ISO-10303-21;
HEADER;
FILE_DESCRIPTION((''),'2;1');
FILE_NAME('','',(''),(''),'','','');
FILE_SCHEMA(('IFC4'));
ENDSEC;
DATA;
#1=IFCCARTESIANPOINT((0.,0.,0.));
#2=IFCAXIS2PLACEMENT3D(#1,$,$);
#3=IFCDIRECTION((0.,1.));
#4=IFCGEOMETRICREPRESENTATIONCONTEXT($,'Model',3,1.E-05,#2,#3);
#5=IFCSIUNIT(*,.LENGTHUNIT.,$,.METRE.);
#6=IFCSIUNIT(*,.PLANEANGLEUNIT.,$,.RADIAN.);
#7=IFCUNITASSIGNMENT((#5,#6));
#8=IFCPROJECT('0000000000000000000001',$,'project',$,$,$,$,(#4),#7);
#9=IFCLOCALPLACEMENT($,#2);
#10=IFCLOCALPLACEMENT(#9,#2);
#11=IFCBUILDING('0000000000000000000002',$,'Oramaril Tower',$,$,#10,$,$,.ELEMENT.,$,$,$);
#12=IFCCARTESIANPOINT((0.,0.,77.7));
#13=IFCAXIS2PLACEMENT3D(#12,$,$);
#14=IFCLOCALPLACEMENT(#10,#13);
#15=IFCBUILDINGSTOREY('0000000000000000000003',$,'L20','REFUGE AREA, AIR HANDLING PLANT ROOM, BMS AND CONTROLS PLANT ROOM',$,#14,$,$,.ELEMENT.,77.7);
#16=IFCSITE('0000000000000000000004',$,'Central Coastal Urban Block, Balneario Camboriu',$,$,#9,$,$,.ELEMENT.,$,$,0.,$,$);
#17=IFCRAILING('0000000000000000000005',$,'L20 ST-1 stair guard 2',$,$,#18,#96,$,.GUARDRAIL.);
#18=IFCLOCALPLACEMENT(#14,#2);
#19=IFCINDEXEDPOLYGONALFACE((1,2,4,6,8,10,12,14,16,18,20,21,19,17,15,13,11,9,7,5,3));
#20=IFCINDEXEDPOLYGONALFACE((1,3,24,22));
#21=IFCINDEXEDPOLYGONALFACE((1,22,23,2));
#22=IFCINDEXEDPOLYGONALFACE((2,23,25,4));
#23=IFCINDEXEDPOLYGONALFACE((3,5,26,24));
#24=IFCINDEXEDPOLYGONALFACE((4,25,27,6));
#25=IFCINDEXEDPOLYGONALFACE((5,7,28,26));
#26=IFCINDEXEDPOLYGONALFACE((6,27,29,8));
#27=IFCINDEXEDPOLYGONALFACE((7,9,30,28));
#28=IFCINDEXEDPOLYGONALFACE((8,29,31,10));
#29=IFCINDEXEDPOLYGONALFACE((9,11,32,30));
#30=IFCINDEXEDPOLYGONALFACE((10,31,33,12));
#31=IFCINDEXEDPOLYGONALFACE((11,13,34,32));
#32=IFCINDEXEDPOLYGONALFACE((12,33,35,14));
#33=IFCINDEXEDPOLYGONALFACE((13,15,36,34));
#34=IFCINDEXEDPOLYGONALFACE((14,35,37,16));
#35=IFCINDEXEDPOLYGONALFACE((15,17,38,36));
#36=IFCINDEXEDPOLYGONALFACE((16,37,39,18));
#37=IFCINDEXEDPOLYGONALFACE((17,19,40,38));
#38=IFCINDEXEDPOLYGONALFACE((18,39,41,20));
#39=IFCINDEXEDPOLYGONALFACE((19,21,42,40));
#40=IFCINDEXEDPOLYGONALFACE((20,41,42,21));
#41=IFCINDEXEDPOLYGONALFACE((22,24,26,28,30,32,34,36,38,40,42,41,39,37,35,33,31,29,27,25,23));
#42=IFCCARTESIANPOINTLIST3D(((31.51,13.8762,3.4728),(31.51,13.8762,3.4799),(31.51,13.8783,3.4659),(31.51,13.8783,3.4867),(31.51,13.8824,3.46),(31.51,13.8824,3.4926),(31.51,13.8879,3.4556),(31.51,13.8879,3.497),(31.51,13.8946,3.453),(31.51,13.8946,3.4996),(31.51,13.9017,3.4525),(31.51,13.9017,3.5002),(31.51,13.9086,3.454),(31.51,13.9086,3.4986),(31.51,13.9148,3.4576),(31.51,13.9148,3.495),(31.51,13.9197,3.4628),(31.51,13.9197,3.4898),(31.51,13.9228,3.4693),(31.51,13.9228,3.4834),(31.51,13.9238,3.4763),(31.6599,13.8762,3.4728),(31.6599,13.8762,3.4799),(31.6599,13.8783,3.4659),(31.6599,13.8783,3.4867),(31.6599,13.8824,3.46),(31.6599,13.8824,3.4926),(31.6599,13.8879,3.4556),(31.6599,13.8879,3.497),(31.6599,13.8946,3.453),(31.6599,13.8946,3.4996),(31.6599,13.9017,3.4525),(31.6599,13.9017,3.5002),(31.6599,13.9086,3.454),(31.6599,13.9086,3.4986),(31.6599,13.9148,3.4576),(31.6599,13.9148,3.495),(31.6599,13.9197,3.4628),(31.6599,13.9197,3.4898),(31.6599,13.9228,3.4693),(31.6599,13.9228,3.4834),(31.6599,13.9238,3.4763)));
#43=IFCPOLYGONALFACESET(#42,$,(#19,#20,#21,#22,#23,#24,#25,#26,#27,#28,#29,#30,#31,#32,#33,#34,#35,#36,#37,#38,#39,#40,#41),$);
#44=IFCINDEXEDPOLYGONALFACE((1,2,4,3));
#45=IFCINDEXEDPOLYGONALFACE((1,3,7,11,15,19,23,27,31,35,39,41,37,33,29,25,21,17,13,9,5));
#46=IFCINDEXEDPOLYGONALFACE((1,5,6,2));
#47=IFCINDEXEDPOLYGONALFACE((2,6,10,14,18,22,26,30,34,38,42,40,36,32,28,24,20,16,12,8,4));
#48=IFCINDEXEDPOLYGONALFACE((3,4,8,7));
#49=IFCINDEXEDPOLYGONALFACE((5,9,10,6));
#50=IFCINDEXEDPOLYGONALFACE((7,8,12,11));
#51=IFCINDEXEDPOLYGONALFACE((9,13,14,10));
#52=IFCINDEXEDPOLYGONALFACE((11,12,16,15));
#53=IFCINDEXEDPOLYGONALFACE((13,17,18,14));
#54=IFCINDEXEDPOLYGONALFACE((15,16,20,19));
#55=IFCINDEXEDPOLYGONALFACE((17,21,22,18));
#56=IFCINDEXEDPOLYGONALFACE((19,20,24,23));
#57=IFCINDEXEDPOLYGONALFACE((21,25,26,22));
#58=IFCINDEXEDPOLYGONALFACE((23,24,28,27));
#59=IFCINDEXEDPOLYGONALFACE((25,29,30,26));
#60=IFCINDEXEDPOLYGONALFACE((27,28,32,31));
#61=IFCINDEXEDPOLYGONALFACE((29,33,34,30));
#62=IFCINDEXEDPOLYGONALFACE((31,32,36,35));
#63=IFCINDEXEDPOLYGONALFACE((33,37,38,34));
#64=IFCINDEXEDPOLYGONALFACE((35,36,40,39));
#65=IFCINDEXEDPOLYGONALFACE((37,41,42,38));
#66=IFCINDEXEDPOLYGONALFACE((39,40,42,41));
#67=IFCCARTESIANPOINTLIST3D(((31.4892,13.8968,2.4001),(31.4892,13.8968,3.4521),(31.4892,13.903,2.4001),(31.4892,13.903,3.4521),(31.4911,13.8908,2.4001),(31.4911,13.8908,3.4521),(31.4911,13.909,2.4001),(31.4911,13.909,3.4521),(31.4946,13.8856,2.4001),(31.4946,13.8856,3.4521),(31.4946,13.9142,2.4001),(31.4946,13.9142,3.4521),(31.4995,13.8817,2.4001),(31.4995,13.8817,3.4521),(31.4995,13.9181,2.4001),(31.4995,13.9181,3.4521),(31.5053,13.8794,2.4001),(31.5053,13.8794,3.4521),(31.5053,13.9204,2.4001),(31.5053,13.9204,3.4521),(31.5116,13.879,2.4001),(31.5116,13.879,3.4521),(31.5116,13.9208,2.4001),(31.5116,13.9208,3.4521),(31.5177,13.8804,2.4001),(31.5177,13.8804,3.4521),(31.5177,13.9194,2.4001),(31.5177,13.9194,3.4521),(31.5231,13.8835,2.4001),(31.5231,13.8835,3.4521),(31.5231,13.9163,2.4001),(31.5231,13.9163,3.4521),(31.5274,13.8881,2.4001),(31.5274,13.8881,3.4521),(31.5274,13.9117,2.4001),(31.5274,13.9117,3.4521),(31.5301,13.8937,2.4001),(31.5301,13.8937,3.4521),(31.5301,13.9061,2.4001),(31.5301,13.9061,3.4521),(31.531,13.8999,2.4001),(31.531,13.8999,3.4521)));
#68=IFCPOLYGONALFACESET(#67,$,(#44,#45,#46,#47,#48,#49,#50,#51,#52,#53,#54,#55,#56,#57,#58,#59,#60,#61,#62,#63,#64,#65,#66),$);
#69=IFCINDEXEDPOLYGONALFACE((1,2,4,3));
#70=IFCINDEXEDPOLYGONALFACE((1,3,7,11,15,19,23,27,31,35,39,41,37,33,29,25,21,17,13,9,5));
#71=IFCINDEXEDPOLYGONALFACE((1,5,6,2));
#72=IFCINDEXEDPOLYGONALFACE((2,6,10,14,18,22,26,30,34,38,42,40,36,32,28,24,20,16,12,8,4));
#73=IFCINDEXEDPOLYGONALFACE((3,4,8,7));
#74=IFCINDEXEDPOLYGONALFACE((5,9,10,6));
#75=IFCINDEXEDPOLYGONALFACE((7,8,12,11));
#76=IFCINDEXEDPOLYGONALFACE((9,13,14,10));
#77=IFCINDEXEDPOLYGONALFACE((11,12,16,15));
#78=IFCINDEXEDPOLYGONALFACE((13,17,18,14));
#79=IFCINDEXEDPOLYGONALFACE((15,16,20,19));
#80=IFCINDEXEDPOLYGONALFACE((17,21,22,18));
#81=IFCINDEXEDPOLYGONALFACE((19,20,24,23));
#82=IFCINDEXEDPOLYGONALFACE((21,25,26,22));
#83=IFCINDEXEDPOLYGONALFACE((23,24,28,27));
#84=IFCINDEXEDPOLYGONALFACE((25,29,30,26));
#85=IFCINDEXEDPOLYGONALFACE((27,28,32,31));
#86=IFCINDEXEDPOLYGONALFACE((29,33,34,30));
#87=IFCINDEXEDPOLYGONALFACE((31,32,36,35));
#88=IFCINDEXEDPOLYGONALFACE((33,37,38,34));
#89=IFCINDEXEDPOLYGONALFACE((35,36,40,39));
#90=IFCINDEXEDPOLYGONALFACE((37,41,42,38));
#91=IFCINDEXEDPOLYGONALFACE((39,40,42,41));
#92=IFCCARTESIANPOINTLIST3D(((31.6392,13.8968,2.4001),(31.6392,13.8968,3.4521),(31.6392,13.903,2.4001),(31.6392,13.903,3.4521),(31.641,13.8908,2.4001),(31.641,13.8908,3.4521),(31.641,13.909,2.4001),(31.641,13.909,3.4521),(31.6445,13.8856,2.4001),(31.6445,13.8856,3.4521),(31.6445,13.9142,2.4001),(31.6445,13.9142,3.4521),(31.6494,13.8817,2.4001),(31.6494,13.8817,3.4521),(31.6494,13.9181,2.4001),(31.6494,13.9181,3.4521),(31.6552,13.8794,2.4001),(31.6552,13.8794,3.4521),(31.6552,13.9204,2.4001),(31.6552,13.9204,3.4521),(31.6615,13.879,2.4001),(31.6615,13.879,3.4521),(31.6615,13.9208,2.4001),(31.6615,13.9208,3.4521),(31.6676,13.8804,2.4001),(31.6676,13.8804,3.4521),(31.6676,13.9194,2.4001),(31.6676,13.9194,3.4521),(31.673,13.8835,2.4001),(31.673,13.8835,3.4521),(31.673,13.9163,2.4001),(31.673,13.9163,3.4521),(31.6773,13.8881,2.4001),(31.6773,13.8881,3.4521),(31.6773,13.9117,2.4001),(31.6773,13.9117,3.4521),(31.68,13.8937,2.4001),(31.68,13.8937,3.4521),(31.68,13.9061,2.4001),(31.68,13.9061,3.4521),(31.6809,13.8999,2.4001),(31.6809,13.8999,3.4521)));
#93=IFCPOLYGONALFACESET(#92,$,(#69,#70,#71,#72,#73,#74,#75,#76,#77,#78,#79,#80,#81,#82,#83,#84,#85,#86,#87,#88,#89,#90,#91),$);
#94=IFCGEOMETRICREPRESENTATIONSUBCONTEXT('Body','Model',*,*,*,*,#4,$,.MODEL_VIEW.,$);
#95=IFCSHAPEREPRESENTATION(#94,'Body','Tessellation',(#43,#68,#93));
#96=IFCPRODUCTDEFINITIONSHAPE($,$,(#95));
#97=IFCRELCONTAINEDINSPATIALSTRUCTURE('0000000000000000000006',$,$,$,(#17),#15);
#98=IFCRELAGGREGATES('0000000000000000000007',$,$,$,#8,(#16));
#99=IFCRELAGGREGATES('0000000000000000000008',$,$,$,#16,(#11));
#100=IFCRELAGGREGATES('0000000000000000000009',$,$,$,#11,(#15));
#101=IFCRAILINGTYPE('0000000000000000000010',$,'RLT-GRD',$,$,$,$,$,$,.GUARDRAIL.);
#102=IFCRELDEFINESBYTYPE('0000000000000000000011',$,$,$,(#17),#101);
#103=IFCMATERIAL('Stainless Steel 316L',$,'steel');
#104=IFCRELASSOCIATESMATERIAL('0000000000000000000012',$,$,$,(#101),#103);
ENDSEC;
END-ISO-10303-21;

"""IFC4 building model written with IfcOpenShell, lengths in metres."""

from ifc_helpers import new_model, si_unit, direction, frame, origin, origin_2d, place, context, subcontext, project, spatial, circle, extrude, material, type_object, element, save


model = new_model("IFC4")

# Units and contexts
model_context = context("Model", 3, precision=1e-05, world=origin(), true_north=direction((0.0, 1.0)))
body_context = subcontext(model_context, "Body", "Model", "MODEL_VIEW")
ifc_project = project(units=[si_unit("LENGTHUNIT", "METRE"), si_unit("PLANEANGLEUNIT", "RADIAN")], contexts=[model_context])

# Site, building, storey
site_placement = place(None, origin())
site = spatial("IfcSite", under=ifc_project, at=site_placement, Name="Central Coastal Urban Block, Balneario Camboriu", CompositionType="ELEMENT", RefElevation=0.0)
building_placement = place(site_placement, origin())
building = spatial("IfcBuilding", under=site, at=building_placement, Name="Oramaril Tower", CompositionType="ELEMENT")
storey_placement = place(building_placement, frame((0.0, 0.0, 77.7)))
storey = spatial("IfcBuildingStorey", under=building, at=storey_placement, Name="L20", Description="REFUGE AREA, AIR HANDLING PLANT ROOM, BMS AND CONTROLS PLANT ROOM", CompositionType="ELEMENT", Elevation=77.7)

# Railing
ifc_material_1 = material(Name="Stainless Steel 316L", Category="steel")
railing_type_1 = type_object("IfcRailingType", Name="RLT-GRD", PredefinedType="GUARDRAIL", material=ifc_material_1)
railing_1_placement = place(storey_placement, frame((31.51, 13.8999, 2.4001)))
element("IfcRailing", 1, at=railing_1_placement, inside=storey, type_object=railing_type_1, Name="L20 ST-1 stair guard 2", PredefinedType="GUARDRAIL", context=body_context, shape_type="SweptSolid", body=[
    extrude(circle(Radius=0.0239, at=origin_2d()), frame((0.0, 0.0, 1.0762), z_axis=(1.0, 0.0, 0.0), x_axis=(0.0, 1.0, 0.0)), (0.0, 0.0, 1.0), 0.1499),
    extrude(circle(Radius=0.021, at=origin_2d()), origin(), (0.0, 0.0, 1.0), 1.052),
    extrude(circle(Radius=0.021, at=origin_2d()), frame((0.1499, 0.0, 0.0)), (0.0, 0.0, 1.0), 1.052),
])

save(model, "model.ifc")
